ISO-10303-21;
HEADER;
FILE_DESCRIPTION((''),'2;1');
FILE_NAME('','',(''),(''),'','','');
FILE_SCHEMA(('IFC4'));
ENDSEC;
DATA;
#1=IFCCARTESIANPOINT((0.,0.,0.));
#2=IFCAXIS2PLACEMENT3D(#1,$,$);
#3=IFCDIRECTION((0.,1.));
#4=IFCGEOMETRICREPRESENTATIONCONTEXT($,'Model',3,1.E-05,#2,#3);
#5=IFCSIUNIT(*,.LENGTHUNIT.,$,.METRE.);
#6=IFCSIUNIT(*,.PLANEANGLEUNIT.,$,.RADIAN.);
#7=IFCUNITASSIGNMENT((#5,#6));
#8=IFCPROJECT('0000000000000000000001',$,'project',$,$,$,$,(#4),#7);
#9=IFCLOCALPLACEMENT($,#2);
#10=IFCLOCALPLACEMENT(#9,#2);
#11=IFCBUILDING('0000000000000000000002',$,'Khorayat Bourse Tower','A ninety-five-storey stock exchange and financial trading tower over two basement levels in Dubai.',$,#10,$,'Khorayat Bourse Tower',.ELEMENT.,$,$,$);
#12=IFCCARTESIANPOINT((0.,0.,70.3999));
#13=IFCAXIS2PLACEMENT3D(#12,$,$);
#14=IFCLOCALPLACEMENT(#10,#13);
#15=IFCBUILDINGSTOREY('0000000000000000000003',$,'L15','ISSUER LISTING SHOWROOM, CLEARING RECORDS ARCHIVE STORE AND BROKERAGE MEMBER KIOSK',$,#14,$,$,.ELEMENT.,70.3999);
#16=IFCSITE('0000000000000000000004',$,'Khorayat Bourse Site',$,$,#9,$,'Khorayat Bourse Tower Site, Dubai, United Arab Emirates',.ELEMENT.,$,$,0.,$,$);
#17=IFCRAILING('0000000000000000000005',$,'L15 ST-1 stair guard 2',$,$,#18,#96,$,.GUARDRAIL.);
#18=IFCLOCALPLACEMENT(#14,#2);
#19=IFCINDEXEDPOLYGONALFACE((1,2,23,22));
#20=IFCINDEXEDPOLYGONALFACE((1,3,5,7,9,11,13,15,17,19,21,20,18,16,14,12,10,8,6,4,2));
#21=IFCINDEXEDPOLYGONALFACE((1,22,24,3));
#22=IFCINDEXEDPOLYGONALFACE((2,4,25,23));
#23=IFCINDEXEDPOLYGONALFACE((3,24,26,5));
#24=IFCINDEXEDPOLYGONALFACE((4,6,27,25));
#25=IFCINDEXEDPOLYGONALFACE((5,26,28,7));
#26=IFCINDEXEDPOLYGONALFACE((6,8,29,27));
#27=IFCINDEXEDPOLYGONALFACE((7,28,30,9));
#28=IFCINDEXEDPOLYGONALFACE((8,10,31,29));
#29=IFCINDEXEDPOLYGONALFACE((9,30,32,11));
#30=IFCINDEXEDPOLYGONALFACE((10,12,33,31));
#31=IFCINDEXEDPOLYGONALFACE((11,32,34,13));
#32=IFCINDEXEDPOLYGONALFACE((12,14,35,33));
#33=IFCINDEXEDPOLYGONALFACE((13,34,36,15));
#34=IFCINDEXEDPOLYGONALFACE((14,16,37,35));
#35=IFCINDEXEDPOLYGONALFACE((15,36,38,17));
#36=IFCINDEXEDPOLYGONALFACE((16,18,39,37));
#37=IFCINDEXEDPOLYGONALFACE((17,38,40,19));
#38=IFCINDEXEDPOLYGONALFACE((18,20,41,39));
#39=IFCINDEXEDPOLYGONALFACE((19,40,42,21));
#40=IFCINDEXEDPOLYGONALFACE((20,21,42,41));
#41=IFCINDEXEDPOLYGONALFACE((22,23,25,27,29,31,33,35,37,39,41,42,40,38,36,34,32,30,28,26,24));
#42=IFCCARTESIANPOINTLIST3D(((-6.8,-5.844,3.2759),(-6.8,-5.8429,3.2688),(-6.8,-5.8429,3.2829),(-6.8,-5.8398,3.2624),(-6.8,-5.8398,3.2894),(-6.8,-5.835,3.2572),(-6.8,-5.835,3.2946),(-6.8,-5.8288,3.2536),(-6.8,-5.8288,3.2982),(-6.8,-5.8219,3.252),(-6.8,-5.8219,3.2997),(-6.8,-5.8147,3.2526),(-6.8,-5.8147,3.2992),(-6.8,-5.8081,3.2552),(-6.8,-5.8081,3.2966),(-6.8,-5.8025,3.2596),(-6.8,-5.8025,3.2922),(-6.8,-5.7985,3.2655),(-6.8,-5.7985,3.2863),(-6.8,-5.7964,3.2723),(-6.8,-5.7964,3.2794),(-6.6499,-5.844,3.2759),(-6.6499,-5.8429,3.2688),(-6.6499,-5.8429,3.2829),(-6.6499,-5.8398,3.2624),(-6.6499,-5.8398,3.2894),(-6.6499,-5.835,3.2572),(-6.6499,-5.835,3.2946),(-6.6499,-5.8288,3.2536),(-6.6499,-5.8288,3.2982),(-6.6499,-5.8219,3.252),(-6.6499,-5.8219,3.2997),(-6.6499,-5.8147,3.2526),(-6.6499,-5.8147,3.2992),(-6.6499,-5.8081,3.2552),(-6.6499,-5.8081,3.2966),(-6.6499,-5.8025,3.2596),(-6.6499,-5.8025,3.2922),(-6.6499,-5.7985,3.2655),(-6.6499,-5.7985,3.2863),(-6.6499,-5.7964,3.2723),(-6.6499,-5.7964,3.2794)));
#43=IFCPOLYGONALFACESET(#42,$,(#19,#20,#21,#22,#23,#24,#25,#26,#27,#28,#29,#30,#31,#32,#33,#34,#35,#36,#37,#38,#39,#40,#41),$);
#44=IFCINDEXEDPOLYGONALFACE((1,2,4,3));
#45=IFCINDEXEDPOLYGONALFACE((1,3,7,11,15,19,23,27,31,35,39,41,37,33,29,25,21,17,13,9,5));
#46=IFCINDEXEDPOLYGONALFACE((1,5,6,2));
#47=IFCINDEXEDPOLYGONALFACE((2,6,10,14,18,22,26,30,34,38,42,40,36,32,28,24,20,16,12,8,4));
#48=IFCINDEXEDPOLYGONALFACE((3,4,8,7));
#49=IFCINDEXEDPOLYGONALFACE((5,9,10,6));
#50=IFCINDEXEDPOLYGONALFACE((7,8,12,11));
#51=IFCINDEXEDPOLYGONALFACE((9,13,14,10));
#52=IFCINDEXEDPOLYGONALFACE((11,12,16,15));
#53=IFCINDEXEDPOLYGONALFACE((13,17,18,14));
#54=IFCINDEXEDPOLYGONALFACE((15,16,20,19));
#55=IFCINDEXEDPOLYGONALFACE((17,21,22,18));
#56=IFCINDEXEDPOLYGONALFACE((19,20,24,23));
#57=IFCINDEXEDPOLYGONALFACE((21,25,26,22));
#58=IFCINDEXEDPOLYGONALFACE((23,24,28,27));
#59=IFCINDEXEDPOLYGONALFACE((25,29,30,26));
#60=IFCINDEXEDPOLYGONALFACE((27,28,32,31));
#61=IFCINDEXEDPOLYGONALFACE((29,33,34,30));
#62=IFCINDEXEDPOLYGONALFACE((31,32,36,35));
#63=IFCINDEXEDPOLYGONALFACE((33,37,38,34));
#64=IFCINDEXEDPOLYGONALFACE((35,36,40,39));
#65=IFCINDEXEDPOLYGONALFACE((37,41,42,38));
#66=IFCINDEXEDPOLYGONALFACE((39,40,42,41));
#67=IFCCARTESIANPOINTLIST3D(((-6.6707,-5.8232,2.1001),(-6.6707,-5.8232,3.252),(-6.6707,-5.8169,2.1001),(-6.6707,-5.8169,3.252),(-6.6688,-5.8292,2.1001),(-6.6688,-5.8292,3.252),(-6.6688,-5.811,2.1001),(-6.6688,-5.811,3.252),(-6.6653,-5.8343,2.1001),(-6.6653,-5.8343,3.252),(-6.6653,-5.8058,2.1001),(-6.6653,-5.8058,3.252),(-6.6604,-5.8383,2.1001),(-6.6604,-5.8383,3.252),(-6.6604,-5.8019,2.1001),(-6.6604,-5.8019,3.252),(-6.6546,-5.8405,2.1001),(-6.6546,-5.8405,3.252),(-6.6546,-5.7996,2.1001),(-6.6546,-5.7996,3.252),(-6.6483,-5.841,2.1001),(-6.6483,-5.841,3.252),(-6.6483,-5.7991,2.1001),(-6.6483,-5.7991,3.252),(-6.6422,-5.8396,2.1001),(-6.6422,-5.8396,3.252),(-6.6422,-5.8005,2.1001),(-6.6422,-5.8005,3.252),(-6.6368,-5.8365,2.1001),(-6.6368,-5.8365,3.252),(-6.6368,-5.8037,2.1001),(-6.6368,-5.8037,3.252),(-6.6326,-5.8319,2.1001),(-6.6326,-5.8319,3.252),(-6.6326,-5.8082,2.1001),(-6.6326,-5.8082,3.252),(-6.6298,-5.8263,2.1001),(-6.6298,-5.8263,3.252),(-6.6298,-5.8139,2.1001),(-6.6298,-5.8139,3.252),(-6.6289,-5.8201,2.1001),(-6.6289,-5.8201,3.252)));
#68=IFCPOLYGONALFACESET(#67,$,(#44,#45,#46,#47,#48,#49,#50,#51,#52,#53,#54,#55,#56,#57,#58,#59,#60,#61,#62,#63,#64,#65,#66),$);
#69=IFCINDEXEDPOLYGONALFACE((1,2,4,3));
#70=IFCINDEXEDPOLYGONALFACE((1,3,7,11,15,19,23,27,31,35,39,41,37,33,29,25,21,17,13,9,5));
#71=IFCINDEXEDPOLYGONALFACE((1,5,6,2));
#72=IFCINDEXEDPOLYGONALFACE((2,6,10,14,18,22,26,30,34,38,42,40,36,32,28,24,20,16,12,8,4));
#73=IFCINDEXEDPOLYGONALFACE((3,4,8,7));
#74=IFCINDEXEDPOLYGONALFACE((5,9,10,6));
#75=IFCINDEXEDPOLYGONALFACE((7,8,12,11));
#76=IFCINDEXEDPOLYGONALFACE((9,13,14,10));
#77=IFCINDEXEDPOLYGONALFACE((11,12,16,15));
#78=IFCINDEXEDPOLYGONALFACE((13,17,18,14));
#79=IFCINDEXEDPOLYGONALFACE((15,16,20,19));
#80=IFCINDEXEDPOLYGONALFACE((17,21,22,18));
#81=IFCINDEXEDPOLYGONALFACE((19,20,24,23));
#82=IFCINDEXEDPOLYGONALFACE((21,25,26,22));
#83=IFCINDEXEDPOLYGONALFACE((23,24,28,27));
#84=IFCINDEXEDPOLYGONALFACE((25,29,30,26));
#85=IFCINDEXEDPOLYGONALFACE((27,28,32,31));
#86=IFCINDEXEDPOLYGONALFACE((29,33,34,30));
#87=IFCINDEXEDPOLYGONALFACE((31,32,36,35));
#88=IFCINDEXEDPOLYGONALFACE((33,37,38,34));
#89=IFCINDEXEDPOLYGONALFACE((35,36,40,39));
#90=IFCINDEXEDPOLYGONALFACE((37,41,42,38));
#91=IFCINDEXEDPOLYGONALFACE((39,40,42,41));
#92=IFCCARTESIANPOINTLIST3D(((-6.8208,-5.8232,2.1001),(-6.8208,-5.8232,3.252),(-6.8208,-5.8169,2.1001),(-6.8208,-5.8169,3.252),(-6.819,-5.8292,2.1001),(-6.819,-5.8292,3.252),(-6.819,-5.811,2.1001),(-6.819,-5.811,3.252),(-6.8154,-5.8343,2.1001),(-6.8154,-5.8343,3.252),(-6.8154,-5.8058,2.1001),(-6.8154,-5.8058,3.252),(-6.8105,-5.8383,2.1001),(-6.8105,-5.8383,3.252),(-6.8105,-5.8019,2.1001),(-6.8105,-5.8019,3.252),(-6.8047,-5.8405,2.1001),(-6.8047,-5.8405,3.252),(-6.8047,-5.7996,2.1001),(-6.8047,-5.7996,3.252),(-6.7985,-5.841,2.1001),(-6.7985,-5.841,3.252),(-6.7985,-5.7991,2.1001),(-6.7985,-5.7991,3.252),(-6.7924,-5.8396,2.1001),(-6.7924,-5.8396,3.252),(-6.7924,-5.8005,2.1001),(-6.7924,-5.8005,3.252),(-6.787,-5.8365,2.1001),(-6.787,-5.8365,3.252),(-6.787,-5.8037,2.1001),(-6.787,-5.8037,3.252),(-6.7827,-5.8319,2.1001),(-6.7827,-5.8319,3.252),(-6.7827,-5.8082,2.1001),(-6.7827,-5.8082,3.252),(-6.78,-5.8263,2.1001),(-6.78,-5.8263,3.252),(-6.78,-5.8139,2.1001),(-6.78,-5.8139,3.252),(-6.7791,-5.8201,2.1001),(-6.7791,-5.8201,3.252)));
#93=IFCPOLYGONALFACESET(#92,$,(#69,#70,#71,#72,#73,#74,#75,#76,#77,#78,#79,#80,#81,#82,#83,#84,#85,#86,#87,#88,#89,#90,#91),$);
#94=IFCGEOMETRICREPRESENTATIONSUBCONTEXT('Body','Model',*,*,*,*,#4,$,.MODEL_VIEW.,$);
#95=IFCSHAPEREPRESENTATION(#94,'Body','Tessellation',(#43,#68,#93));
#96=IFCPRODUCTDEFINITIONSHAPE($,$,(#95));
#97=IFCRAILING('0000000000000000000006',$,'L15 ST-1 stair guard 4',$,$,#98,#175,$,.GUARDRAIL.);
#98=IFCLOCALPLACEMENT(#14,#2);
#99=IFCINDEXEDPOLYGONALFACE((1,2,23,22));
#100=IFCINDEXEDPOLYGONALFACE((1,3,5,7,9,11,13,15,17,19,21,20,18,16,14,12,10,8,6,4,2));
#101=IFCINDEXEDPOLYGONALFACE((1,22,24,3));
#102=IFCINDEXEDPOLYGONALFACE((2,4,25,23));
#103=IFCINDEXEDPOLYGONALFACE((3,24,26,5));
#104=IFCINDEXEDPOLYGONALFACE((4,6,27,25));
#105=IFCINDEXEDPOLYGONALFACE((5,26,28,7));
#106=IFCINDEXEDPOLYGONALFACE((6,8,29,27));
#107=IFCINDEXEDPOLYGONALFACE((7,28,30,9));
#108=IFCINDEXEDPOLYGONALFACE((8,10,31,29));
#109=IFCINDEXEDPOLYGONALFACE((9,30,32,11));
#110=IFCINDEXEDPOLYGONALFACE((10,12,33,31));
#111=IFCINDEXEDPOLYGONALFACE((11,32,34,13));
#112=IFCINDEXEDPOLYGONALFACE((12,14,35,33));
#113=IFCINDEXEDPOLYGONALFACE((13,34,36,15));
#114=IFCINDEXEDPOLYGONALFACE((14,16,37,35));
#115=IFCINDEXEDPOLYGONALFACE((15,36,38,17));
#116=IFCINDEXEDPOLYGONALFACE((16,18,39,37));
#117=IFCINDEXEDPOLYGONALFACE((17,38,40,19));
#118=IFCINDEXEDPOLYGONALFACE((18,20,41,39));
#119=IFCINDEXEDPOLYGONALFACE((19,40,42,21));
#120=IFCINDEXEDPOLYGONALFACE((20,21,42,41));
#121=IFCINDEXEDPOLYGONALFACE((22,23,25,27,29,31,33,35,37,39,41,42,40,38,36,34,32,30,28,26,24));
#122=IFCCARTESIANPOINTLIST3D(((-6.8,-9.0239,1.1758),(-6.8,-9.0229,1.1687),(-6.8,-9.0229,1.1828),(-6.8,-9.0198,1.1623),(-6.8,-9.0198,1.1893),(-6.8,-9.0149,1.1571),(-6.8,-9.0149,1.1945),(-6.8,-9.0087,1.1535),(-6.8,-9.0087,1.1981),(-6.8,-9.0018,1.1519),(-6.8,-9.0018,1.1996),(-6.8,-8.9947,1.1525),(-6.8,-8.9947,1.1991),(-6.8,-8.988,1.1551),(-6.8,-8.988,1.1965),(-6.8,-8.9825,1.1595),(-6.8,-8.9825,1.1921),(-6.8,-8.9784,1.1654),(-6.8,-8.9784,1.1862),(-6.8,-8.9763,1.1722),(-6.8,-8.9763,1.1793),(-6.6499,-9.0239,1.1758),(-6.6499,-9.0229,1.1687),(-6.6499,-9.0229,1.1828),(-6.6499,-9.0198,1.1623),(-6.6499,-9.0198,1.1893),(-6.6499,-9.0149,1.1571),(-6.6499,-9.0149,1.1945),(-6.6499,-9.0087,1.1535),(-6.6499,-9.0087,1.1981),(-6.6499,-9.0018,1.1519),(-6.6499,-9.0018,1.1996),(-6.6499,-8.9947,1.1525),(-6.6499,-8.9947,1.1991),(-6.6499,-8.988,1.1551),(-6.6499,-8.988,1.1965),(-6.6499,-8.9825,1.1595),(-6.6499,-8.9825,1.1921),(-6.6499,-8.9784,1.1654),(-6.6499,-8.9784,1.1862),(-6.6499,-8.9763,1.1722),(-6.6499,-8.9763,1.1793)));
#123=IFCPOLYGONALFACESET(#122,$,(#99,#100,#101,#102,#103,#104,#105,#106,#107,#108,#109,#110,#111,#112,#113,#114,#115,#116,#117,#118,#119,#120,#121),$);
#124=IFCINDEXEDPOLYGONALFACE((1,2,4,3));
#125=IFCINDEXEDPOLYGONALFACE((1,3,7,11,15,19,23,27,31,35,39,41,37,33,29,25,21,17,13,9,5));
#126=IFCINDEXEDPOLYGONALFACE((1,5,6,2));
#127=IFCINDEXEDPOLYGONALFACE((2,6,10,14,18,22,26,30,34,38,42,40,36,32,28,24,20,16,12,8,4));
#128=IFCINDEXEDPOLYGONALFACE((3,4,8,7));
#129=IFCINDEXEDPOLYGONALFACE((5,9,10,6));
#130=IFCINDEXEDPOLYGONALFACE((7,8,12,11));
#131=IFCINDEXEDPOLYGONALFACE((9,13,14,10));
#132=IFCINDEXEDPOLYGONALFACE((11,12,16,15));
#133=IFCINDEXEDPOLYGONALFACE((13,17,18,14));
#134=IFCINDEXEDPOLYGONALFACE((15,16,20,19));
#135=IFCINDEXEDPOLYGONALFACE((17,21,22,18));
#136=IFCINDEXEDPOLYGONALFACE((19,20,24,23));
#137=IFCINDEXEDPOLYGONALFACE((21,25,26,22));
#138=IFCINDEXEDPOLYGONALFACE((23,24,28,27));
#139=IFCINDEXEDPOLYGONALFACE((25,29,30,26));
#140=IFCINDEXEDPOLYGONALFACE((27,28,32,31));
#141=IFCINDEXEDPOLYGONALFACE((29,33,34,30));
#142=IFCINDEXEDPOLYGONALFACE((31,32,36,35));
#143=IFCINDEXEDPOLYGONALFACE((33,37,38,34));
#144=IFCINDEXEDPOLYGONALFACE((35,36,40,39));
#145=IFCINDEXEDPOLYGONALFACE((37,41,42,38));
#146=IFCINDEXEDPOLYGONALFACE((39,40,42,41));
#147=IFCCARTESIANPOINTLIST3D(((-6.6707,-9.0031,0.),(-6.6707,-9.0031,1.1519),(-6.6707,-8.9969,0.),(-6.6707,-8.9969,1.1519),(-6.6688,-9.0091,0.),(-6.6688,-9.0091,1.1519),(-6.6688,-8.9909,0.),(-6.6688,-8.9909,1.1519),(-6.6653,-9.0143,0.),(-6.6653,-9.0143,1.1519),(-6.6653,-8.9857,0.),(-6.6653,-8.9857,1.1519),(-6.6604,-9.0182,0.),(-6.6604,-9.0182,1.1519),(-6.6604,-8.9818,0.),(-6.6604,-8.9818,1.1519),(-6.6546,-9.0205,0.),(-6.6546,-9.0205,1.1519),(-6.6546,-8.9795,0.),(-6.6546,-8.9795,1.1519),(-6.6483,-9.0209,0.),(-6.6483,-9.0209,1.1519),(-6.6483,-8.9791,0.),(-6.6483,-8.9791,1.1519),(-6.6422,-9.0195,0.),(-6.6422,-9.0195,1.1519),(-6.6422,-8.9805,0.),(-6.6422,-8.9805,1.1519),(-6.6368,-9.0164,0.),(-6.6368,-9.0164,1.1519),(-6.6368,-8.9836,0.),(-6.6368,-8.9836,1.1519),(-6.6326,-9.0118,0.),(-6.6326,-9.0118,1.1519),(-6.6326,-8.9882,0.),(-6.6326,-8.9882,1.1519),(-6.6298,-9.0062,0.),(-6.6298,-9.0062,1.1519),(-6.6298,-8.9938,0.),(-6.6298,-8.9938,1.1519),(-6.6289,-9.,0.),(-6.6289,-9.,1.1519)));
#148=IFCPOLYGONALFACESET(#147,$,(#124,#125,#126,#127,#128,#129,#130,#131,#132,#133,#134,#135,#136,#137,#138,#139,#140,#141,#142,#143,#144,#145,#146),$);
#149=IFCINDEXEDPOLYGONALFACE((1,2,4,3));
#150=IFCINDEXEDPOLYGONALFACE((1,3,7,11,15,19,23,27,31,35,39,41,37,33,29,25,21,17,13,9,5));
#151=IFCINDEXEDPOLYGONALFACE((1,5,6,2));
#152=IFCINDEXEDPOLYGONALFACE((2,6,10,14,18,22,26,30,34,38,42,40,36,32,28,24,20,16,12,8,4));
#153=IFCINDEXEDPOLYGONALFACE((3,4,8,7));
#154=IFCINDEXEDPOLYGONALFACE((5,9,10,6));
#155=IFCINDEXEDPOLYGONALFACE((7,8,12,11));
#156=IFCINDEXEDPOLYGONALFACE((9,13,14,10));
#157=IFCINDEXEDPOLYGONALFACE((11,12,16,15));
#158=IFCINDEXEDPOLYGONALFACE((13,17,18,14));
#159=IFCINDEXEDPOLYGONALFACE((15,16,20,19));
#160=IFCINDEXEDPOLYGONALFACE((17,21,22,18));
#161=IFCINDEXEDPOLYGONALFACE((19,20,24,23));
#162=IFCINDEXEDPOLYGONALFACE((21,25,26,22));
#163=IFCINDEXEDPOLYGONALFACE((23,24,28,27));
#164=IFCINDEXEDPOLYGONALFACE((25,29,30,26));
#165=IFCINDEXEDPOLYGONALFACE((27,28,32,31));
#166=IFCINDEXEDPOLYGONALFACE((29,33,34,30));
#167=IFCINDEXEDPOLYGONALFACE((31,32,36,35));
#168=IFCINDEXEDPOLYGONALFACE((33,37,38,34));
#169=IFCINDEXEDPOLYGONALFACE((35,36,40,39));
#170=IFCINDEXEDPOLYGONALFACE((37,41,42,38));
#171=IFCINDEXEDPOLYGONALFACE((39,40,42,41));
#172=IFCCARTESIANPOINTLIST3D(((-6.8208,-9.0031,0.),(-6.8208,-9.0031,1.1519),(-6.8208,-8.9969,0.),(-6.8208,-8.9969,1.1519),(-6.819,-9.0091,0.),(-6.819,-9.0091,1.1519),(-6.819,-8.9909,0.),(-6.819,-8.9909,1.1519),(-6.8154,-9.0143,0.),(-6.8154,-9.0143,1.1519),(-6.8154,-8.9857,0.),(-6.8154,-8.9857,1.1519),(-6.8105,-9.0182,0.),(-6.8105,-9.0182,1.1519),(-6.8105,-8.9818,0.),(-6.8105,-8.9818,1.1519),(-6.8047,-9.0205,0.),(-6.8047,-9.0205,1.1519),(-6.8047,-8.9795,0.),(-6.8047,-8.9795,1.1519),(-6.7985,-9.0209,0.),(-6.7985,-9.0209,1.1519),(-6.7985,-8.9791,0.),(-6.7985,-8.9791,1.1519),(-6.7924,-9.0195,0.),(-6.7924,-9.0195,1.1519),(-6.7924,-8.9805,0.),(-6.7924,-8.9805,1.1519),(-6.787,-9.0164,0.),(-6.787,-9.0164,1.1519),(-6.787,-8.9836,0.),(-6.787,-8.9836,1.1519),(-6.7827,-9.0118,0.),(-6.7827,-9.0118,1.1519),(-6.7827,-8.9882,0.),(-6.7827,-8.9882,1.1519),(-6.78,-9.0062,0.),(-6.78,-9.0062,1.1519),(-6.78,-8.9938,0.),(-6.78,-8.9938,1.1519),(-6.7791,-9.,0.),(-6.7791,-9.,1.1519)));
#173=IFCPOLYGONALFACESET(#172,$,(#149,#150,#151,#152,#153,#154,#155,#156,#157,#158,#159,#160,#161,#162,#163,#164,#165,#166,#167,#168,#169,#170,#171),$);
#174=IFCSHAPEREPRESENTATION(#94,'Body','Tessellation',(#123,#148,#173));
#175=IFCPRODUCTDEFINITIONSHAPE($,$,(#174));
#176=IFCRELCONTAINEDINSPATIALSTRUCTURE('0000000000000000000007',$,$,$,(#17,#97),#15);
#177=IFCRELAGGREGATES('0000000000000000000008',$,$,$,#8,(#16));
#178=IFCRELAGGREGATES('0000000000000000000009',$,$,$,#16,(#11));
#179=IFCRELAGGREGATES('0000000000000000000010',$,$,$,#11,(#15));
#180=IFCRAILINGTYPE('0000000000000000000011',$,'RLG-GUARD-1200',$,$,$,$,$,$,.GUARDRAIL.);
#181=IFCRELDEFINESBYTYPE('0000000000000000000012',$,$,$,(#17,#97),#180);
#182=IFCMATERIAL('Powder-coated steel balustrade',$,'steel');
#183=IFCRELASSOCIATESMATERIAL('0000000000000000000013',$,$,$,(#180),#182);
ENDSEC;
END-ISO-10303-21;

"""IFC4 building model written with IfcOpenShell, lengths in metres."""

from ifc_helpers import new_model, si_unit, direction, frame, origin, origin_2d, place, context, subcontext, project, spatial, circle, extrude, source, transform, mapped, material, type_object, element, save


model = new_model("IFC4")

# Units and contexts
model_context = context("Model", 3, precision=1e-05, world=origin(), true_north=direction((0.0, 1.0)))
body_context = subcontext(model_context, "Body", "Model", "MODEL_VIEW")
ifc_project = project(units=[si_unit("LENGTHUNIT", "METRE"), si_unit("PLANEANGLEUNIT", "RADIAN")], contexts=[model_context])

# Site, building, storey
site_placement = place(None, origin())
site = spatial("IfcSite", under=ifc_project, at=site_placement, Name="Khorayat Bourse Site", LongName="Khorayat Bourse Tower Site, Dubai, United Arab Emirates", CompositionType="ELEMENT", RefElevation=0.0)
building_placement = place(site_placement, origin())
building = spatial("IfcBuilding", under=site, at=building_placement, Name="Khorayat Bourse Tower", Description="A ninety-five-storey stock exchange and financial trading tower over two basement levels in Dubai.", LongName="Khorayat Bourse Tower", CompositionType="ELEMENT")
storey_placement = place(building_placement, frame((0.0, 0.0, 70.3999)))
storey = spatial("IfcBuildingStorey", under=building, at=storey_placement, Name="L15", Description="ISSUER LISTING SHOWROOM, CLEARING RECORDS ARCHIVE STORE AND BROKERAGE MEMBER KIOSK", CompositionType="ELEMENT", Elevation=70.3999)

# Railings
ifc_material_1 = material(Name="Powder-coated steel balustrade", Category="steel")
railing_type_1 = type_object("IfcRailingType", Name="RLG-GUARD-1200", PredefinedType="GUARDRAIL", material=ifc_material_1)
shared_shape_1 = source(origin(), body_context, "Body", "SweptSolid", [
    extrude(circle(Radius=0.0239, at=origin_2d()), frame((0.0, 0.0, 1.1758), z_axis=(-1.0, 0.0, 0.0), x_axis=(0.0, -1.0, 0.0)), (0.0, 0.0, 1.0), 0.1501),
    extrude(circle(Radius=0.021, at=origin_2d()), origin(), (0.0, 0.0, 1.0), 1.1519),
    extrude(circle(Radius=0.021, at=origin_2d()), frame((-0.1501, 0.0, 0.0)), (0.0, 0.0, 1.0), 1.1519),
])
for number, where, name in (
    (1, (-6.6499, -5.8201, 2.1001), "L15 ST-1 stair guard 2"),
    (2, (-6.6499, -9.0, 0.0), "L15 ST-1 stair guard 4"),
):
    element("IfcRailing", number, at=place(storey_placement, frame(where)), inside=storey, type_object=railing_type_1, Name=name, PredefinedType="GUARDRAIL", context=body_context, shape_type="MappedRepresentation", body=[
        mapped(shared_shape_1, transform((0.0, 0.0, 0.0), scale=1.0)),
    ])

save(model, "model.ifc")
